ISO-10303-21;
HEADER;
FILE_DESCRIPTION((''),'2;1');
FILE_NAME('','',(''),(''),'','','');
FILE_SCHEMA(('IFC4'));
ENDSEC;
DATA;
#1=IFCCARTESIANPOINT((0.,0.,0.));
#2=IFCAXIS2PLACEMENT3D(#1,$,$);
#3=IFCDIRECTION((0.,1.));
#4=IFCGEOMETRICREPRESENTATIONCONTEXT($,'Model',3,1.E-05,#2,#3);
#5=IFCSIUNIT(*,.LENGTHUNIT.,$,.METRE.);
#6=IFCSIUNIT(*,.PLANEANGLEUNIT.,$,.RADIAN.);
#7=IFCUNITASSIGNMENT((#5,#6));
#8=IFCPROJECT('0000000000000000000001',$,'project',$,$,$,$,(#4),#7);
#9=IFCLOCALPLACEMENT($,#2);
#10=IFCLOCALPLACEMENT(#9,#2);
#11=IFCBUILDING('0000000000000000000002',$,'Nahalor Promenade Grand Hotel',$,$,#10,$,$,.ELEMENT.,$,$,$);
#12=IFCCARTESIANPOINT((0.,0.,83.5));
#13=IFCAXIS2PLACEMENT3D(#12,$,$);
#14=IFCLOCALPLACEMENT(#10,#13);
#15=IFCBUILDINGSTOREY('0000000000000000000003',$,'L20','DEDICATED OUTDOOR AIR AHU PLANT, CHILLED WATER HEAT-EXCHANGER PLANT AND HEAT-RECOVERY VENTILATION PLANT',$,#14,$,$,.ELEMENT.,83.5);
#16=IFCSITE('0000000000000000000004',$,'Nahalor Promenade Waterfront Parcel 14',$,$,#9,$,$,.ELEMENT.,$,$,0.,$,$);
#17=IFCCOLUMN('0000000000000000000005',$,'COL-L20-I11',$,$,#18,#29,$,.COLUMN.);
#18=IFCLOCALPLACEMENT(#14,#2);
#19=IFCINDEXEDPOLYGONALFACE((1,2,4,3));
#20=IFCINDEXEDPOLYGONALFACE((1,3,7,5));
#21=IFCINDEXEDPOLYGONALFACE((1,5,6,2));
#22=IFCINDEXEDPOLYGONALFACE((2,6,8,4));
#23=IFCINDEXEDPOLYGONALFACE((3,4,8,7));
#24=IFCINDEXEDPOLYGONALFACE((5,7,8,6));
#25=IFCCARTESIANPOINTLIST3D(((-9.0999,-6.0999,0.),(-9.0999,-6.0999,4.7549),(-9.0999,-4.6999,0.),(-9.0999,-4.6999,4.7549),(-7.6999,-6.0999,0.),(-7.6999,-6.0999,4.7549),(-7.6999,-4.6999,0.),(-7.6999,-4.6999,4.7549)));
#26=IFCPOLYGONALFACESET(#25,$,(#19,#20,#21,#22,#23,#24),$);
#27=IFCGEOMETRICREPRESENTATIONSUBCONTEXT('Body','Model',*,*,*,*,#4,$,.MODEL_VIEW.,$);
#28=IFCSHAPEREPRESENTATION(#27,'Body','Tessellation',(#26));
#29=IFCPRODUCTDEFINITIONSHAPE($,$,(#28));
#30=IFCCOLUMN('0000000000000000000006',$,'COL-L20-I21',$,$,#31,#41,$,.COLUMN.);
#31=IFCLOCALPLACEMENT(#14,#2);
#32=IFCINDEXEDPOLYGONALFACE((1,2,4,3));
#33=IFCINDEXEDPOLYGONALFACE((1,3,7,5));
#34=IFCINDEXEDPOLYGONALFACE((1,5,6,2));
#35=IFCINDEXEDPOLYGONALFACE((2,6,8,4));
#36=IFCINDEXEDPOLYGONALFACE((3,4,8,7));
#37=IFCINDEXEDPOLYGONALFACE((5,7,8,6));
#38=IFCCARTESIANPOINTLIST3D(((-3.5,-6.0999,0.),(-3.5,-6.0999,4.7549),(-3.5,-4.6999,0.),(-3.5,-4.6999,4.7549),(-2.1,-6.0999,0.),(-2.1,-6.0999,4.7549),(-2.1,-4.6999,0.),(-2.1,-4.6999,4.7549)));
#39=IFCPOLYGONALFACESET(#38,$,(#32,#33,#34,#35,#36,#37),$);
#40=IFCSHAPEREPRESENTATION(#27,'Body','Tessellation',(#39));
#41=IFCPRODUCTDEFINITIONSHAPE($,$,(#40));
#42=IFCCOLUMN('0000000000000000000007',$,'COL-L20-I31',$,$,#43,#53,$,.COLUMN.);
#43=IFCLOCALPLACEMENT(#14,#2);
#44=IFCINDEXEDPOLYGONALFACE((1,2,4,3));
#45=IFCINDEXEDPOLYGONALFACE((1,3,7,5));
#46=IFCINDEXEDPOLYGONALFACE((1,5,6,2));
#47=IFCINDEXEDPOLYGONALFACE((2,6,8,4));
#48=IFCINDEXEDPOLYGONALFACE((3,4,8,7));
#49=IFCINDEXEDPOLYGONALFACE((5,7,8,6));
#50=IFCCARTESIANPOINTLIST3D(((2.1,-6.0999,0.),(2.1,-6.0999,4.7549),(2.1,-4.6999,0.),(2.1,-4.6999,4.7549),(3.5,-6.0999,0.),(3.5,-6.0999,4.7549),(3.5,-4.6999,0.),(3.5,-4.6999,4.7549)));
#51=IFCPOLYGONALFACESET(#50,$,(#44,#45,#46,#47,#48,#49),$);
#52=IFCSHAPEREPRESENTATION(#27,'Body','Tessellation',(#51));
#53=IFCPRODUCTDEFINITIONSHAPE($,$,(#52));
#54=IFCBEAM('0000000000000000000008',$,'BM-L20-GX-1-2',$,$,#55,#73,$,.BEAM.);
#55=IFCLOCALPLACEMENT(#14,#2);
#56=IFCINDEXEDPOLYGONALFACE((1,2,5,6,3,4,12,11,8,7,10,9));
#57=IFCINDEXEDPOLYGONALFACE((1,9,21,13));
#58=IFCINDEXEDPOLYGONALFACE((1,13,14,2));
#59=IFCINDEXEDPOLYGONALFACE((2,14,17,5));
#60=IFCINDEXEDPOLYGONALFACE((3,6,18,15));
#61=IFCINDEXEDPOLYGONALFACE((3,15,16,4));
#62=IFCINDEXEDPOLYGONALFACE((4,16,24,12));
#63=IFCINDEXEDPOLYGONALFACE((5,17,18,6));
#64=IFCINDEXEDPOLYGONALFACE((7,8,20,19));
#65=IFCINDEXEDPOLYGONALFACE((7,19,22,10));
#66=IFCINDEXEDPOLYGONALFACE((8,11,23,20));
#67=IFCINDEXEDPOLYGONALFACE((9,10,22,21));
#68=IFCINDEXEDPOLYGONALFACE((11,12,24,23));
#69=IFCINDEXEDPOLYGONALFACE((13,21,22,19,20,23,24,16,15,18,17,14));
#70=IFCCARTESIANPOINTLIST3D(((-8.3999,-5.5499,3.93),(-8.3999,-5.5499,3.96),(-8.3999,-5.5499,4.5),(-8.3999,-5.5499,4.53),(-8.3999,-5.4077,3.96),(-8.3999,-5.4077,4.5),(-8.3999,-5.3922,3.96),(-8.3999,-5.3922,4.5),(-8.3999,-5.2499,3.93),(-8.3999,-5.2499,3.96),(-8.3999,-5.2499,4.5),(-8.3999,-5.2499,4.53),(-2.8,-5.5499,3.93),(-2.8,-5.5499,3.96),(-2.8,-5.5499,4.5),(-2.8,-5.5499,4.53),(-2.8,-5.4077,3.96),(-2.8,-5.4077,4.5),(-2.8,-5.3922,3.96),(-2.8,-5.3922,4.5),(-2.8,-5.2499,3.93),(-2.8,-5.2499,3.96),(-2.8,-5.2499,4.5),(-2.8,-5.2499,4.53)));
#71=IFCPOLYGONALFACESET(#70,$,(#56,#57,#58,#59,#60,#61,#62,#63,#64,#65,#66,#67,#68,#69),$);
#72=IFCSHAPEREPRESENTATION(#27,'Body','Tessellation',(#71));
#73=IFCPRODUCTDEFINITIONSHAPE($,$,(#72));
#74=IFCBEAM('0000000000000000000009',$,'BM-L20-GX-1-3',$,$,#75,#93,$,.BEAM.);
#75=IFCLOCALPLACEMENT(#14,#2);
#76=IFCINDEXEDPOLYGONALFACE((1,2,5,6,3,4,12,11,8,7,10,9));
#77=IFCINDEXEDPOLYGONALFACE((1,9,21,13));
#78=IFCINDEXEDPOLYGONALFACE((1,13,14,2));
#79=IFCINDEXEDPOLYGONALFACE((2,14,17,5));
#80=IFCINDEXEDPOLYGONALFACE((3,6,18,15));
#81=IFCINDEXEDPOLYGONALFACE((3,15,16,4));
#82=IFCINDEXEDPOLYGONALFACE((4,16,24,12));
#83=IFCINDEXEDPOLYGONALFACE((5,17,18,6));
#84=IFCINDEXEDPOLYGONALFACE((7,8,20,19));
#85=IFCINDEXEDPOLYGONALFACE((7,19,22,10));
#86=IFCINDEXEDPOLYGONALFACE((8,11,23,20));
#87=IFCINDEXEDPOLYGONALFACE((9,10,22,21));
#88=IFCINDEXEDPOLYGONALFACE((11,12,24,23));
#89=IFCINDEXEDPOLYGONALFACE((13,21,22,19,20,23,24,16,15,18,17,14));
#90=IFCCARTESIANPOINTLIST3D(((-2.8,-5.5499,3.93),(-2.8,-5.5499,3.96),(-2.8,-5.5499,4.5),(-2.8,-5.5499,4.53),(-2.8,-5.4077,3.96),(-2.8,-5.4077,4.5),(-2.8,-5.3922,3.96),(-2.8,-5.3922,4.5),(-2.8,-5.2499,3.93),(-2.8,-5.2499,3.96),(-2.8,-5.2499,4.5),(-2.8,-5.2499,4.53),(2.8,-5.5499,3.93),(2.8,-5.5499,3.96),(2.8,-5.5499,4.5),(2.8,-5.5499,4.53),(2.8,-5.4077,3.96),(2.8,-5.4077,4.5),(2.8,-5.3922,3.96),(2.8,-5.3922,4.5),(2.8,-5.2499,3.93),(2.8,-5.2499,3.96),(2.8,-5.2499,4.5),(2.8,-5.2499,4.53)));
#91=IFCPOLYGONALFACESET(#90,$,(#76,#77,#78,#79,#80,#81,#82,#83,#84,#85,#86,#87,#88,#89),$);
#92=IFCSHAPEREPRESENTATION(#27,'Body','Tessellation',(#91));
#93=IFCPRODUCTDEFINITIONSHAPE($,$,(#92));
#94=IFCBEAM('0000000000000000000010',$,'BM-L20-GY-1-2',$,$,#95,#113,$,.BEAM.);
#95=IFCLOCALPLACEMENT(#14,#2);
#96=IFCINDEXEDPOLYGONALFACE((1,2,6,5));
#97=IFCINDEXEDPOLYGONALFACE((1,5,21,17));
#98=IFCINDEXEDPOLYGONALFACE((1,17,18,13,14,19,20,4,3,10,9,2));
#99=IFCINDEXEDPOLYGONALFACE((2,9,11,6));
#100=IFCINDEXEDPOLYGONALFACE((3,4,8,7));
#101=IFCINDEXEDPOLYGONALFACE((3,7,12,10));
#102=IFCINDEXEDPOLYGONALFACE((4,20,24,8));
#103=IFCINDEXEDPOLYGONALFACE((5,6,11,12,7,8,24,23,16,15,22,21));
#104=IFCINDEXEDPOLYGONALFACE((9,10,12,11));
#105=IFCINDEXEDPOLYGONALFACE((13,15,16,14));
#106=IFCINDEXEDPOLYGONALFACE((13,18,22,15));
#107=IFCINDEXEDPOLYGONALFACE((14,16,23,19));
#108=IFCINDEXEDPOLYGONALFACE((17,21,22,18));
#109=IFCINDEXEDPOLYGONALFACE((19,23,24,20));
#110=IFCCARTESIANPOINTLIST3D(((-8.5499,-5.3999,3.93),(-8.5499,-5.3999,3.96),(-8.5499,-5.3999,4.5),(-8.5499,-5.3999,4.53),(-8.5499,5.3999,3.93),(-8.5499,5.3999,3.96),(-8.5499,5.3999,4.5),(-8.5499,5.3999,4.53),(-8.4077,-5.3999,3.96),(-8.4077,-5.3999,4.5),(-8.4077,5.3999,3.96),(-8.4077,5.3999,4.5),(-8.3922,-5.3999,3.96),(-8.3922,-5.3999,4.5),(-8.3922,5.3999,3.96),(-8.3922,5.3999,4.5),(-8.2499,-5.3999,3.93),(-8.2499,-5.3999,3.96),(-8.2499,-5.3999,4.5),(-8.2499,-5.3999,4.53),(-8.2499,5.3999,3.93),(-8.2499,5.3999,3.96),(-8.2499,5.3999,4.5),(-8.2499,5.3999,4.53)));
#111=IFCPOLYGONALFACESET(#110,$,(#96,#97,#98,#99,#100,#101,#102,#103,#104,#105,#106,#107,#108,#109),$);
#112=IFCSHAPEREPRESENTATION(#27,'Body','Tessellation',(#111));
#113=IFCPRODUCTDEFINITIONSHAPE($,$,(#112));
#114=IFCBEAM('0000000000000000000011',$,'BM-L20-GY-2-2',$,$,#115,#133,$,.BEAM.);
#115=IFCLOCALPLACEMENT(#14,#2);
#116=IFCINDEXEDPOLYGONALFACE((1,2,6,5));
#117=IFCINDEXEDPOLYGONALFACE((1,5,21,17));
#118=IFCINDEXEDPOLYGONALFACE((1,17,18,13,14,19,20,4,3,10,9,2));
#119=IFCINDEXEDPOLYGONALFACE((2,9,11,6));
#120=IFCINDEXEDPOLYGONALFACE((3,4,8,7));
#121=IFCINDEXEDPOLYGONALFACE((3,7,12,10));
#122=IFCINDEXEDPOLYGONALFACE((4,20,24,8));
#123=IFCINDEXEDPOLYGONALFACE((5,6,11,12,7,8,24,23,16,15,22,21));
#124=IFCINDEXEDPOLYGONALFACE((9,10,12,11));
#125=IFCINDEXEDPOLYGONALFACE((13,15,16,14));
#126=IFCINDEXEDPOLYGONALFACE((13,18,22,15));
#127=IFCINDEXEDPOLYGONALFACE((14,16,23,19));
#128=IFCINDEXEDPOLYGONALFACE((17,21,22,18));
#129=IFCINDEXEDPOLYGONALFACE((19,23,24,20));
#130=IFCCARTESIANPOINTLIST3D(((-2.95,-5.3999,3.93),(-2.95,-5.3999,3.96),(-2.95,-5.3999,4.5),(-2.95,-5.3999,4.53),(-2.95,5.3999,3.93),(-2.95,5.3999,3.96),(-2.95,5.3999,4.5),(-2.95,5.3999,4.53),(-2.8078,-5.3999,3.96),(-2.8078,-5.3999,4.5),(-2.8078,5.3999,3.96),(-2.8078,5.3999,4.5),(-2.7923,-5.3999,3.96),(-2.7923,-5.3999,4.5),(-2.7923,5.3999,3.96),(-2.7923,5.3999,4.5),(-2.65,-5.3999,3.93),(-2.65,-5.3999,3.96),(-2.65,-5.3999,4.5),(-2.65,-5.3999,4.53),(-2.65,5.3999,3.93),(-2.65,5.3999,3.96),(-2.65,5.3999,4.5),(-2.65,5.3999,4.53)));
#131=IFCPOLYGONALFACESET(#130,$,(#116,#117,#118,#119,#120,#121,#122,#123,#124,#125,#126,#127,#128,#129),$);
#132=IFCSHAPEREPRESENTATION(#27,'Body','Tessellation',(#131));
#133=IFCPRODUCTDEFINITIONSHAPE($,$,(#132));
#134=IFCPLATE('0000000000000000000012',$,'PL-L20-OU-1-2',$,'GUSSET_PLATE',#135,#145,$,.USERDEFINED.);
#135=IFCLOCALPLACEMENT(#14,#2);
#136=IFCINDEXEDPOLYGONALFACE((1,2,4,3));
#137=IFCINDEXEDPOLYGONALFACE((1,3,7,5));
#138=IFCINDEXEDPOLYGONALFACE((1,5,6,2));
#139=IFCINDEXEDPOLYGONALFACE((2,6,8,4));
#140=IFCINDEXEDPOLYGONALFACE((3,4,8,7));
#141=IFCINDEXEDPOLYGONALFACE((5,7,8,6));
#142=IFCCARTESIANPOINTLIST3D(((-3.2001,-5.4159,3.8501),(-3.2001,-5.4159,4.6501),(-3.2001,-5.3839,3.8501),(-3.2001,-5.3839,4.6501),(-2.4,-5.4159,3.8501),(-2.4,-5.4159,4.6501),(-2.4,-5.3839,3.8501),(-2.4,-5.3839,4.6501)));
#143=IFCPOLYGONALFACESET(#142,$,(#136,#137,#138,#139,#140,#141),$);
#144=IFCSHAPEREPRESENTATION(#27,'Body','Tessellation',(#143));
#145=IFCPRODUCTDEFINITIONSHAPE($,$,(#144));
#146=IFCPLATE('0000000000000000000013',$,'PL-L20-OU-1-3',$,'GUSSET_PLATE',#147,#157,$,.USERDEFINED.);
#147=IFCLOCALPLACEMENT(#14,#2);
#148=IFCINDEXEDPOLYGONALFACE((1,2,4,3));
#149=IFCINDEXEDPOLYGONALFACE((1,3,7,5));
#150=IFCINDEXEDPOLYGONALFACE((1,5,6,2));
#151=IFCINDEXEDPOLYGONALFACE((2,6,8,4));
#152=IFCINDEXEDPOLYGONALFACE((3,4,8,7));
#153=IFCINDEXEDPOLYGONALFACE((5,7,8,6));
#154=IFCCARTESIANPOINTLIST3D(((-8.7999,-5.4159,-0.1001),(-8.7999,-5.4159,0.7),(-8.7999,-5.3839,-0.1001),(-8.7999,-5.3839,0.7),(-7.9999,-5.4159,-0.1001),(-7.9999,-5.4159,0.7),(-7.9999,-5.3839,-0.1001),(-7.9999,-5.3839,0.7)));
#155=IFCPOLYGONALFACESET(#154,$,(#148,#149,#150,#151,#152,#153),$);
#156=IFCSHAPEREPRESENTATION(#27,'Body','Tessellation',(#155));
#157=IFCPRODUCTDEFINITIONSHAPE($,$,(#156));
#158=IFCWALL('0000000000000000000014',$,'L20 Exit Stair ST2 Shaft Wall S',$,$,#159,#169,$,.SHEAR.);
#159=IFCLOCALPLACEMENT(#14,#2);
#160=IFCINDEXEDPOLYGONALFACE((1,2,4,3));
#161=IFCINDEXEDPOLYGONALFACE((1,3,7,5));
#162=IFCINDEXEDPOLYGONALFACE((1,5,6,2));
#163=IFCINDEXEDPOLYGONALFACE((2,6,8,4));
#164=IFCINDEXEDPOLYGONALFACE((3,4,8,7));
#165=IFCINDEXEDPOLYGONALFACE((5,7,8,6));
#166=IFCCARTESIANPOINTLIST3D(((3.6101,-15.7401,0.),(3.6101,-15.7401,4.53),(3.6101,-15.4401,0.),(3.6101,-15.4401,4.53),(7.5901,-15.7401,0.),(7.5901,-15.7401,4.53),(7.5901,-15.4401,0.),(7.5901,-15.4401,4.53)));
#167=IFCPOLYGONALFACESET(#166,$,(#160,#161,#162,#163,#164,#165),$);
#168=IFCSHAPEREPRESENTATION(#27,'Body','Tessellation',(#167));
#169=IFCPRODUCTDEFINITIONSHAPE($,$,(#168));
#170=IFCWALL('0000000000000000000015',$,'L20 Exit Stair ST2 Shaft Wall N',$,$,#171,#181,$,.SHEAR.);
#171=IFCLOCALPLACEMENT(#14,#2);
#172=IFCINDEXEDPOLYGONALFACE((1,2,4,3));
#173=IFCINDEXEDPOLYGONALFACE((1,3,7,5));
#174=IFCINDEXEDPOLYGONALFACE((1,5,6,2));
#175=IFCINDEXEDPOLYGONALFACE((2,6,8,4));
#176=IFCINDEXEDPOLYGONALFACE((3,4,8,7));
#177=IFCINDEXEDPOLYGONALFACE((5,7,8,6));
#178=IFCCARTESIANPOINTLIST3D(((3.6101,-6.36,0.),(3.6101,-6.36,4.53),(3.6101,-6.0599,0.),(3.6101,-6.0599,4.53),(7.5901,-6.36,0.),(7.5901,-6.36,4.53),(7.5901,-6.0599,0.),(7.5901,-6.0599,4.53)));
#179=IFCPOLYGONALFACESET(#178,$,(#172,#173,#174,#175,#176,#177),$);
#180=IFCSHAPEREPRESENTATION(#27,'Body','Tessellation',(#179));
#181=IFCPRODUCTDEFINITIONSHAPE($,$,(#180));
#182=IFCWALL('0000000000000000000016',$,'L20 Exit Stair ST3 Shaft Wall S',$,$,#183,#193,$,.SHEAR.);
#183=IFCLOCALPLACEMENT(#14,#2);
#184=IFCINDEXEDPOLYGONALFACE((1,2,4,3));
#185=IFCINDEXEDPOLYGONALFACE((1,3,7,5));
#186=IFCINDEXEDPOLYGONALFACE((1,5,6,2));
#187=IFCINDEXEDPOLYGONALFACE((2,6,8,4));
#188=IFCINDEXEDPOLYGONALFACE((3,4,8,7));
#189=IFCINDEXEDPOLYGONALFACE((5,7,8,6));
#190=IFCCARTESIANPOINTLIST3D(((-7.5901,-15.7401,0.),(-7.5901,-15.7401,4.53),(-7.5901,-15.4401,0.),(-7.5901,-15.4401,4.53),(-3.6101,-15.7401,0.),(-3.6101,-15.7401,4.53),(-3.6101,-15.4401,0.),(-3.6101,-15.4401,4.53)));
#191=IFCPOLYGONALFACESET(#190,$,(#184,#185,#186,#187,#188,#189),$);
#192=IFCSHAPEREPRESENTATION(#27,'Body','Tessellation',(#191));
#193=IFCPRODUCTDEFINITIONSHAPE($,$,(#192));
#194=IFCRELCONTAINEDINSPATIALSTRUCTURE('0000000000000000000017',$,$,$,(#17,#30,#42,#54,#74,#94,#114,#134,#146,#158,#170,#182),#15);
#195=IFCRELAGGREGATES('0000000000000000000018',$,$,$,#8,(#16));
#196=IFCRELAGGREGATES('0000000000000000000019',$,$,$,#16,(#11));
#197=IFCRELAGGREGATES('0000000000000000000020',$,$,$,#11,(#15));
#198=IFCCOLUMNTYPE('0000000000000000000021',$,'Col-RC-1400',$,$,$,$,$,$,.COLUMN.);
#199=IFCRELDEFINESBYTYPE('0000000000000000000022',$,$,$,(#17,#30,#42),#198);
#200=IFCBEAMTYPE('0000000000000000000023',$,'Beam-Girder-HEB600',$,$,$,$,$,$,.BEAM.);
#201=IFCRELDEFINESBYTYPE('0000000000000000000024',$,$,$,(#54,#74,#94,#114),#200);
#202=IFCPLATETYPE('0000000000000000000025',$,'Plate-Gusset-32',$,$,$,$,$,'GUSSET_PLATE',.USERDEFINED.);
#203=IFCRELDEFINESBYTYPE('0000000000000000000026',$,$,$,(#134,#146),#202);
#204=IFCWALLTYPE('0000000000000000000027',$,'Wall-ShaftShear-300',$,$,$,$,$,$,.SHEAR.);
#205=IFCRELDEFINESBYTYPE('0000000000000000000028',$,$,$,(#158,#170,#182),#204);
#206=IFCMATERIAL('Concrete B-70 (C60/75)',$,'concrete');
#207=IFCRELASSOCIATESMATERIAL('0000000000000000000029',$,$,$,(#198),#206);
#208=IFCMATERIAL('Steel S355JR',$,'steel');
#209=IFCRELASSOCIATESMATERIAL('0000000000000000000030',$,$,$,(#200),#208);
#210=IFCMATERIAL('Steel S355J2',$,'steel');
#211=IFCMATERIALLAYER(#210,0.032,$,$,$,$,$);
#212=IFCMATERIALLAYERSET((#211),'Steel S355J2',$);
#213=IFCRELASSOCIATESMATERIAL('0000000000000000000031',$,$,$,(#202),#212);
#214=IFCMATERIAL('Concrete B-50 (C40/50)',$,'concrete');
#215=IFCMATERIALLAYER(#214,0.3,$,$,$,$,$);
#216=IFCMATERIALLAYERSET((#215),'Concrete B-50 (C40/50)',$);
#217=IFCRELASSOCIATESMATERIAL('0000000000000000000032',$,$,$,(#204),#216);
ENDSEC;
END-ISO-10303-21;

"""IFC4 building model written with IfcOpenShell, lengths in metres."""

from ifc_helpers import new_model, si_unit, direction, frame, frame_2d, origin, origin_2d, place, context, subcontext, project, spatial, rectangle, i_section, extrude, source, transform, mapped, material, layer, layer_set, material_profile, profile_set, type_object, element, save


model = new_model("IFC4")

# Units and contexts
model_context = context("Model", 3, precision=1e-05, world=origin(), true_north=direction((0.0, 1.0)))
body_context = subcontext(model_context, "Body", "Model", "MODEL_VIEW")
ifc_project = project(units=[si_unit("LENGTHUNIT", "METRE"), si_unit("PLANEANGLEUNIT", "RADIAN")], contexts=[model_context])

# Site, building, storey
site_placement = place(None, origin())
site = spatial("IfcSite", under=ifc_project, at=site_placement, Name="Nahalor Promenade Waterfront Parcel 14", CompositionType="ELEMENT", RefElevation=0.0)
building_placement = place(site_placement, origin())
building = spatial("IfcBuilding", under=site, at=building_placement, Name="Nahalor Promenade Grand Hotel", CompositionType="ELEMENT")
storey_placement = place(building_placement, frame((0.0, 0.0, 83.5)))
storey = spatial("IfcBuildingStorey", under=building, at=storey_placement, Name="L20", Description="DEDICATED OUTDOOR AIR AHU PLANT, CHILLED WATER HEAT-EXCHANGER PLANT AND HEAT-RECOVERY VENTILATION PLANT", CompositionType="ELEMENT", Elevation=83.5)

# Columns
ifc_material_1 = material(Name="Concrete B-70 (C60/75)", Category="concrete")
ifc_material_profile_1 = material_profile(ifc_material_1, rectangle(XDim=1.4, YDim=1.4, at=origin_2d()), Name="RC 1400x1400")
ifc_profile_set_1 = profile_set([ifc_material_profile_1], Name="Concrete B-70 (C60/75)")
column_type = type_object("IfcColumnType", Name="Col-RC-1400", PredefinedType="COLUMN", material=ifc_profile_set_1)
shared_shape_1 = source(origin(), body_context, "Body", "SweptSolid", [
    extrude(rectangle(XDim=1.4, YDim=1.4, at=origin_2d()), origin(), (0.0, 0.0, 1.0), 4.7549),
])
for number, where, z_axis, x_axis, name in (
    (1, (-8.3999, -5.3999, 0.0), (0.0, 0.0, 1.0), (1.0, 0.0, 0.0), "COL-L20-I11"),
    (2, (-2.8, -5.3999, 0.0), (0.0, 0.0, 1.0), (1.0, 0.0, 0.0), "COL-L20-I21"),
    (3, (2.8, -5.3999, 0.0), (0.0, 0.0, 1.0), (1.0, 0.0, 0.0), "COL-L20-I31"),
):
    element("IfcColumn", number, at=place(storey_placement, frame(where, z_axis=z_axis, x_axis=x_axis)), inside=storey, type_object=column_type, Name=name, PredefinedType="COLUMN", context=body_context, shape_type="MappedRepresentation", body=[
        mapped(shared_shape_1, transform((0.0, 0.0, 0.0), scale=1.0)),
    ])

# Beams
ifc_material_2 = material(Name="Steel S355JR", Category="steel")
ifc_material_profile_2 = material_profile(ifc_material_2, i_section(OverallWidth=0.3, OverallDepth=0.6, WebThickness=0.0155, FlangeThickness=0.03, at=origin_2d()), Name="HEB 600")
ifc_profile_set_2 = profile_set([ifc_material_profile_2], Name="Steel S355JR")
beam_type = type_object("IfcBeamType", Name="Beam-Girder-HEB600", PredefinedType="BEAM", material=ifc_profile_set_2)
shared_shape_2 = source(origin(), body_context, "Body", "SweptSolid", [
    extrude(i_section(OverallWidth=0.3, OverallDepth=0.6, WebThickness=0.0155, FlangeThickness=0.03, at=origin_2d()), origin(), (0.0, 0.0, 1.0), 5.5999),
])
beam_1_placement = place(storey_placement, frame((-8.3999, -5.3999, 4.23), z_axis=(1.0, 0.0, 0.0), x_axis=(0.0, 1.0, 0.0)))
element("IfcBeam", 4, at=beam_1_placement, inside=storey, type_object=beam_type, Name="BM-L20-GX-1-2", PredefinedType="BEAM", context=body_context, shape_type="MappedRepresentation", body=[
    mapped(shared_shape_2, transform((0.0, 0.0, 0.0), scale=1.0)),
])
shared_shape_3 = source(origin(), body_context, "Body", "SweptSolid", [
    extrude(i_section(OverallWidth=0.3, OverallDepth=0.6, WebThickness=0.0155, FlangeThickness=0.03, at=origin_2d()), origin(), (0.0, 0.0, 1.0), 5.6001),
])
beam_2_placement = place(storey_placement, frame((-2.8, -5.3999, 4.23), z_axis=(1.0, 0.0, 0.0), x_axis=(0.0, 1.0, 0.0)))
element("IfcBeam", 5, at=beam_2_placement, inside=storey, type_object=beam_type, Name="BM-L20-GX-1-3", PredefinedType="BEAM", context=body_context, shape_type="MappedRepresentation", body=[
    mapped(shared_shape_3, transform((0.0, 0.0, 0.0), scale=1.0)),
])
shared_shape_4 = source(origin(), body_context, "Body", "SweptSolid", [
    extrude(i_section(OverallWidth=0.3, OverallDepth=0.6, WebThickness=0.0155, FlangeThickness=0.03, at=origin_2d()), origin(), (0.0, 0.0, 1.0), 10.7998),
])
for number, where, z_axis, x_axis, name in (
    (6, (-8.3999, -5.3999, 4.23), (0.0, 1.0, 0.0), (-1.0, 0.0, 0.0), "BM-L20-GY-1-2"),
    (7, (-2.8, -5.3999, 4.23), (0.0, 1.0, 0.0), (-1.0, 0.0, 0.0), "BM-L20-GY-2-2"),
):
    element("IfcBeam", number, at=place(storey_placement, frame(where, z_axis=z_axis, x_axis=x_axis)), inside=storey, type_object=beam_type, Name=name, PredefinedType="BEAM", context=body_context, shape_type="MappedRepresentation", body=[
        mapped(shared_shape_4, transform((0.0, 0.0, 0.0), scale=1.0)),
    ])

# Plates
ifc_material_3 = material(Name="Steel S355J2", Category="steel")
ifc_layer_1 = layer(ifc_material_3, 0.032)
ifc_layer_set_1 = layer_set([ifc_layer_1], Name="Steel S355J2")
plate_type = type_object("IfcPlateType", Name="Plate-Gusset-32", ElementType="GUSSET_PLATE", PredefinedType="USERDEFINED", material=ifc_layer_set_1)
shared_shape_5 = source(origin(), body_context, "Body", "SweptSolid", [
    extrude(rectangle(XDim=0.8, YDim=0.032, at=origin_2d()), origin(), (0.0, 0.0, 1.0), 0.8),
])
for number, where, z_axis, x_axis, name in (
    (8, (-2.8, -5.3999, 3.8501), (0.0, 0.0, 1.0), (1.0, 0.0, 0.0), "PL-L20-OU-1-2"),
    (9, (-8.3999, -5.3999, -0.1001), (0.0, 0.0, 1.0), (1.0, 0.0, 0.0), "PL-L20-OU-1-3"),
):
    element("IfcPlate", number, at=place(storey_placement, frame(where, z_axis=z_axis, x_axis=x_axis)), inside=storey, type_object=plate_type, Name=name, ObjectType="GUSSET_PLATE", PredefinedType="USERDEFINED", context=body_context, shape_type="MappedRepresentation", body=[
        mapped(shared_shape_5, transform((0.0, 0.0, 0.0), scale=1.0)),
    ])

# Walls
ifc_material_4 = material(Name="Concrete B-50 (C40/50)", Category="concrete")
ifc_layer_2 = layer(ifc_material_4, 0.3)
ifc_layer_set_2 = layer_set([ifc_layer_2], Name="Concrete B-50 (C40/50)")
wall_type_1 = type_object("IfcWallType", Name="Wall-ShaftShear-300", PredefinedType="SHEAR", material=ifc_layer_set_2)
shared_shape_6 = source(origin(), body_context, "Body", "SweptSolid", [
    extrude(rectangle(XDim=3.98, YDim=0.3, at=frame_2d((1.99, 0.0))), origin(), (0.0, 0.0, 1.0), 4.53),
])
for number, where, z_axis, x_axis, name in (
    (10, (3.6101, -15.5901, 0.0), (0.0, 0.0, 1.0), (1.0, 0.0, 0.0), "L20 Exit Stair ST2 Shaft Wall S"),
    (11, (3.6101, -6.21, 0.0), (0.0, 0.0, 1.0), (1.0, 0.0, 0.0), "L20 Exit Stair ST2 Shaft Wall N"),
    (12, (-7.5901, -15.5901, 0.0), (0.0, 0.0, 1.0), (1.0, 0.0, 0.0), "L20 Exit Stair ST3 Shaft Wall S"),
):
    element("IfcWall", number, at=place(storey_placement, frame(where, z_axis=z_axis, x_axis=x_axis)), inside=storey, type_object=wall_type_1, Name=name, PredefinedType="SHEAR", context=body_context, shape_type="MappedRepresentation", body=[
        mapped(shared_shape_6, transform((0.0, 0.0, 0.0), scale=1.0)),
    ])

save(model, "model.ifc")
